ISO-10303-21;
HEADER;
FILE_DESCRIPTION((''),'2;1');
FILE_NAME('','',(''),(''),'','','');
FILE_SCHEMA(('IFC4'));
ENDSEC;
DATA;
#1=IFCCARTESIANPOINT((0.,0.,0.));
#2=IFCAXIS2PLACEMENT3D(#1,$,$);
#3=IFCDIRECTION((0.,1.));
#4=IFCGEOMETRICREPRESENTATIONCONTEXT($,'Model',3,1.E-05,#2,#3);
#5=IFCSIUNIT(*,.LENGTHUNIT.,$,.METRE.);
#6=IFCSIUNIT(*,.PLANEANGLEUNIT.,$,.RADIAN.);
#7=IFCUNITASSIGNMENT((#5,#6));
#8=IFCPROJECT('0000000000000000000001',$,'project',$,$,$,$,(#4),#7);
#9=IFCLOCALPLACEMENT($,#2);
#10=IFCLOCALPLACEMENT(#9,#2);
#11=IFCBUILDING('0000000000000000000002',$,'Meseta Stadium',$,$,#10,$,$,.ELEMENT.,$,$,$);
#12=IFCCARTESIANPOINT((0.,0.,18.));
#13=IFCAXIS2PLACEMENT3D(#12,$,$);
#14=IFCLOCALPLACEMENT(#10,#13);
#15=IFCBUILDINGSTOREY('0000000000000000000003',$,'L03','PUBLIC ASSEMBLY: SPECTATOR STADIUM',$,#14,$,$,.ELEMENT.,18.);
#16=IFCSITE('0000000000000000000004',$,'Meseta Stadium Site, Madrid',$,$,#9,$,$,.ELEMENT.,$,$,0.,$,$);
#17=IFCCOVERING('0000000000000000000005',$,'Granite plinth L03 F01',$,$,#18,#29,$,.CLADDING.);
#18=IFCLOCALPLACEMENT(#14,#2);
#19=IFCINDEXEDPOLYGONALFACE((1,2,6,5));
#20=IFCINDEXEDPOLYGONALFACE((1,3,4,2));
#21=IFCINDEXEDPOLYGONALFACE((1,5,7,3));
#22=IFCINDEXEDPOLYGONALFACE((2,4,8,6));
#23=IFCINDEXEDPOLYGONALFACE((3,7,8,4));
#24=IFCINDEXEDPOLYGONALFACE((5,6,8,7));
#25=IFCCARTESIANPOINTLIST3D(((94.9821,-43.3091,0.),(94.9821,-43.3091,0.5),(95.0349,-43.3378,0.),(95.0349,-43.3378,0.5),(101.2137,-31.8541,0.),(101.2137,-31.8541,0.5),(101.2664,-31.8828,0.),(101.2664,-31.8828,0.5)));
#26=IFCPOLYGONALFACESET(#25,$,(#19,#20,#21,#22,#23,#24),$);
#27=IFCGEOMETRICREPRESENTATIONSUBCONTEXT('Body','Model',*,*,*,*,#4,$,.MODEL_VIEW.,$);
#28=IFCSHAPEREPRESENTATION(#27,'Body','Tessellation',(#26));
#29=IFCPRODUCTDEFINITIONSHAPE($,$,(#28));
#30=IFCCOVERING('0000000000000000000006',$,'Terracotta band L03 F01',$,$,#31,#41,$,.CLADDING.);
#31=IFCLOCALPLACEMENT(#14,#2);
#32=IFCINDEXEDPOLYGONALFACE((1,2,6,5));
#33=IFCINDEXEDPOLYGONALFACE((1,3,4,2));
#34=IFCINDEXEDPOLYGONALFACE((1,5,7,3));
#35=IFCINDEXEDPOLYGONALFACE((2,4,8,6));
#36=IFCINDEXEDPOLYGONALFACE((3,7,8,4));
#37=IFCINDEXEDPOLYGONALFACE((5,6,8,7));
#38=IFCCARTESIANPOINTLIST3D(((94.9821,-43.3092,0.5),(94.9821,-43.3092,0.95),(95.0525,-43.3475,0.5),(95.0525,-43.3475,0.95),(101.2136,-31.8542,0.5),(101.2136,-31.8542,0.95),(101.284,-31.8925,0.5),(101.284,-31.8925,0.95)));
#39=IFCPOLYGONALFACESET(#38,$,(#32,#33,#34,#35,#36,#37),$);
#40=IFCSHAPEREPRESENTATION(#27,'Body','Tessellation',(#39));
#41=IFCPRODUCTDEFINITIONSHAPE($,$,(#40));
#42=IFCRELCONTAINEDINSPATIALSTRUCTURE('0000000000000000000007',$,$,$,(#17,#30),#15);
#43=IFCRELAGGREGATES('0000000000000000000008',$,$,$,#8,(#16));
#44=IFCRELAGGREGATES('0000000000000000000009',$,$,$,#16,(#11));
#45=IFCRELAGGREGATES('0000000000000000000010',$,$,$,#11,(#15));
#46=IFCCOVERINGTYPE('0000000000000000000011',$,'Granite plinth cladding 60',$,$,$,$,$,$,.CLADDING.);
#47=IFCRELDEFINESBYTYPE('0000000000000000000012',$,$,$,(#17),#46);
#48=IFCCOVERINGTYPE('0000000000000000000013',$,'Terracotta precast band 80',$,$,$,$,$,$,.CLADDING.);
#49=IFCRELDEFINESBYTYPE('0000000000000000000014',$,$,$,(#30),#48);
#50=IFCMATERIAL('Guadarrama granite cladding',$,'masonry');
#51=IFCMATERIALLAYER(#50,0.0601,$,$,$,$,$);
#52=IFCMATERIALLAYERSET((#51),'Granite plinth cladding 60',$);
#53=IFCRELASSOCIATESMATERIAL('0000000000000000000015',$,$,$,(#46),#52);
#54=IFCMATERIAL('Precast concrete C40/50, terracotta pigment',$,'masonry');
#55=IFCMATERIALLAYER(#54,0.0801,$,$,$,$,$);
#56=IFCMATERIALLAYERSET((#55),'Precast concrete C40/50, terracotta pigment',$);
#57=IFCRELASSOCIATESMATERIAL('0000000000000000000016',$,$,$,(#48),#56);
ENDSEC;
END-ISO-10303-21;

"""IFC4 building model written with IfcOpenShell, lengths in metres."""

from ifc_helpers import new_model, si_unit, direction, frame, origin, origin_2d, place, context, subcontext, project, spatial, rectangle, extrude, material, layer, layer_set, type_object, element, save


model = new_model("IFC4")

# Units and contexts
model_context = context("Model", 3, precision=1e-05, world=origin(), true_north=direction((0.0, 1.0)))
body_context = subcontext(model_context, "Body", "Model", "MODEL_VIEW")
ifc_project = project(units=[si_unit("LENGTHUNIT", "METRE"), si_unit("PLANEANGLEUNIT", "RADIAN")], contexts=[model_context])

# Site, building, storey
site_placement = place(None, origin())
site = spatial("IfcSite", under=ifc_project, at=site_placement, Name="Meseta Stadium Site, Madrid", CompositionType="ELEMENT", RefElevation=0.0)
building_placement = place(site_placement, origin())
building = spatial("IfcBuilding", under=site, at=building_placement, Name="Meseta Stadium", CompositionType="ELEMENT")
storey_placement = place(building_placement, frame((0.0, 0.0, 18.0)))
storey = spatial("IfcBuildingStorey", under=building, at=storey_placement, Name="L03", Description="PUBLIC ASSEMBLY: SPECTATOR STADIUM", CompositionType="ELEMENT", Elevation=18.0)

# Coverings
ifc_material_1 = material(Name="Guadarrama granite cladding", Category="masonry")
ifc_layer_1 = layer(ifc_material_1, 0.0601)
ifc_layer_set_1 = layer_set([ifc_layer_1], Name="Granite plinth cladding 60")
covering_type_1 = type_object("IfcCoveringType", Name="Granite plinth cladding 60", PredefinedType="CLADDING", material=ifc_layer_set_1)
covering_1_placement = place(storey_placement, frame((98.1243, -37.5959, 0.0), z_axis=(0.0, 0.0, 1.0), x_axis=(-0.477867, -0.878432, 0.0)))
element("IfcCovering", 1, at=covering_1_placement, inside=storey, type_object=covering_type_1, Name="Granite plinth L03 F01", PredefinedType="CLADDING", context=body_context, shape_type="SweptSolid", body=[
    extrude(rectangle(XDim=13.0403, YDim=0.0601, at=origin_2d()), origin(), (0.0, 0.0, 1.0), 0.5),
])
ifc_material_2 = material(Name="Precast concrete C40/50, terracotta pigment", Category="masonry")
ifc_layer_2 = layer(ifc_material_2, 0.0801)
ifc_layer_set_2 = layer_set([ifc_layer_2], Name="Precast concrete C40/50, terracotta pigment")
covering_type_2 = type_object("IfcCoveringType", Name="Terracotta precast band 80", PredefinedType="CLADDING", material=ifc_layer_set_2)
covering_2_placement = place(storey_placement, frame((98.1331, -37.6008, 0.5), z_axis=(0.0, 0.0, 1.0), x_axis=(-0.477867, -0.878432, 0.0)))
element("IfcCovering", 2, at=covering_2_placement, inside=storey, type_object=covering_type_2, Name="Terracotta band L03 F01", PredefinedType="CLADDING", context=body_context, shape_type="SweptSolid", body=[
    extrude(rectangle(XDim=13.0403, YDim=0.0801, at=origin_2d()), origin(), (0.0, 0.0, 1.0), 0.45),
])

save(model, "model.ifc")
